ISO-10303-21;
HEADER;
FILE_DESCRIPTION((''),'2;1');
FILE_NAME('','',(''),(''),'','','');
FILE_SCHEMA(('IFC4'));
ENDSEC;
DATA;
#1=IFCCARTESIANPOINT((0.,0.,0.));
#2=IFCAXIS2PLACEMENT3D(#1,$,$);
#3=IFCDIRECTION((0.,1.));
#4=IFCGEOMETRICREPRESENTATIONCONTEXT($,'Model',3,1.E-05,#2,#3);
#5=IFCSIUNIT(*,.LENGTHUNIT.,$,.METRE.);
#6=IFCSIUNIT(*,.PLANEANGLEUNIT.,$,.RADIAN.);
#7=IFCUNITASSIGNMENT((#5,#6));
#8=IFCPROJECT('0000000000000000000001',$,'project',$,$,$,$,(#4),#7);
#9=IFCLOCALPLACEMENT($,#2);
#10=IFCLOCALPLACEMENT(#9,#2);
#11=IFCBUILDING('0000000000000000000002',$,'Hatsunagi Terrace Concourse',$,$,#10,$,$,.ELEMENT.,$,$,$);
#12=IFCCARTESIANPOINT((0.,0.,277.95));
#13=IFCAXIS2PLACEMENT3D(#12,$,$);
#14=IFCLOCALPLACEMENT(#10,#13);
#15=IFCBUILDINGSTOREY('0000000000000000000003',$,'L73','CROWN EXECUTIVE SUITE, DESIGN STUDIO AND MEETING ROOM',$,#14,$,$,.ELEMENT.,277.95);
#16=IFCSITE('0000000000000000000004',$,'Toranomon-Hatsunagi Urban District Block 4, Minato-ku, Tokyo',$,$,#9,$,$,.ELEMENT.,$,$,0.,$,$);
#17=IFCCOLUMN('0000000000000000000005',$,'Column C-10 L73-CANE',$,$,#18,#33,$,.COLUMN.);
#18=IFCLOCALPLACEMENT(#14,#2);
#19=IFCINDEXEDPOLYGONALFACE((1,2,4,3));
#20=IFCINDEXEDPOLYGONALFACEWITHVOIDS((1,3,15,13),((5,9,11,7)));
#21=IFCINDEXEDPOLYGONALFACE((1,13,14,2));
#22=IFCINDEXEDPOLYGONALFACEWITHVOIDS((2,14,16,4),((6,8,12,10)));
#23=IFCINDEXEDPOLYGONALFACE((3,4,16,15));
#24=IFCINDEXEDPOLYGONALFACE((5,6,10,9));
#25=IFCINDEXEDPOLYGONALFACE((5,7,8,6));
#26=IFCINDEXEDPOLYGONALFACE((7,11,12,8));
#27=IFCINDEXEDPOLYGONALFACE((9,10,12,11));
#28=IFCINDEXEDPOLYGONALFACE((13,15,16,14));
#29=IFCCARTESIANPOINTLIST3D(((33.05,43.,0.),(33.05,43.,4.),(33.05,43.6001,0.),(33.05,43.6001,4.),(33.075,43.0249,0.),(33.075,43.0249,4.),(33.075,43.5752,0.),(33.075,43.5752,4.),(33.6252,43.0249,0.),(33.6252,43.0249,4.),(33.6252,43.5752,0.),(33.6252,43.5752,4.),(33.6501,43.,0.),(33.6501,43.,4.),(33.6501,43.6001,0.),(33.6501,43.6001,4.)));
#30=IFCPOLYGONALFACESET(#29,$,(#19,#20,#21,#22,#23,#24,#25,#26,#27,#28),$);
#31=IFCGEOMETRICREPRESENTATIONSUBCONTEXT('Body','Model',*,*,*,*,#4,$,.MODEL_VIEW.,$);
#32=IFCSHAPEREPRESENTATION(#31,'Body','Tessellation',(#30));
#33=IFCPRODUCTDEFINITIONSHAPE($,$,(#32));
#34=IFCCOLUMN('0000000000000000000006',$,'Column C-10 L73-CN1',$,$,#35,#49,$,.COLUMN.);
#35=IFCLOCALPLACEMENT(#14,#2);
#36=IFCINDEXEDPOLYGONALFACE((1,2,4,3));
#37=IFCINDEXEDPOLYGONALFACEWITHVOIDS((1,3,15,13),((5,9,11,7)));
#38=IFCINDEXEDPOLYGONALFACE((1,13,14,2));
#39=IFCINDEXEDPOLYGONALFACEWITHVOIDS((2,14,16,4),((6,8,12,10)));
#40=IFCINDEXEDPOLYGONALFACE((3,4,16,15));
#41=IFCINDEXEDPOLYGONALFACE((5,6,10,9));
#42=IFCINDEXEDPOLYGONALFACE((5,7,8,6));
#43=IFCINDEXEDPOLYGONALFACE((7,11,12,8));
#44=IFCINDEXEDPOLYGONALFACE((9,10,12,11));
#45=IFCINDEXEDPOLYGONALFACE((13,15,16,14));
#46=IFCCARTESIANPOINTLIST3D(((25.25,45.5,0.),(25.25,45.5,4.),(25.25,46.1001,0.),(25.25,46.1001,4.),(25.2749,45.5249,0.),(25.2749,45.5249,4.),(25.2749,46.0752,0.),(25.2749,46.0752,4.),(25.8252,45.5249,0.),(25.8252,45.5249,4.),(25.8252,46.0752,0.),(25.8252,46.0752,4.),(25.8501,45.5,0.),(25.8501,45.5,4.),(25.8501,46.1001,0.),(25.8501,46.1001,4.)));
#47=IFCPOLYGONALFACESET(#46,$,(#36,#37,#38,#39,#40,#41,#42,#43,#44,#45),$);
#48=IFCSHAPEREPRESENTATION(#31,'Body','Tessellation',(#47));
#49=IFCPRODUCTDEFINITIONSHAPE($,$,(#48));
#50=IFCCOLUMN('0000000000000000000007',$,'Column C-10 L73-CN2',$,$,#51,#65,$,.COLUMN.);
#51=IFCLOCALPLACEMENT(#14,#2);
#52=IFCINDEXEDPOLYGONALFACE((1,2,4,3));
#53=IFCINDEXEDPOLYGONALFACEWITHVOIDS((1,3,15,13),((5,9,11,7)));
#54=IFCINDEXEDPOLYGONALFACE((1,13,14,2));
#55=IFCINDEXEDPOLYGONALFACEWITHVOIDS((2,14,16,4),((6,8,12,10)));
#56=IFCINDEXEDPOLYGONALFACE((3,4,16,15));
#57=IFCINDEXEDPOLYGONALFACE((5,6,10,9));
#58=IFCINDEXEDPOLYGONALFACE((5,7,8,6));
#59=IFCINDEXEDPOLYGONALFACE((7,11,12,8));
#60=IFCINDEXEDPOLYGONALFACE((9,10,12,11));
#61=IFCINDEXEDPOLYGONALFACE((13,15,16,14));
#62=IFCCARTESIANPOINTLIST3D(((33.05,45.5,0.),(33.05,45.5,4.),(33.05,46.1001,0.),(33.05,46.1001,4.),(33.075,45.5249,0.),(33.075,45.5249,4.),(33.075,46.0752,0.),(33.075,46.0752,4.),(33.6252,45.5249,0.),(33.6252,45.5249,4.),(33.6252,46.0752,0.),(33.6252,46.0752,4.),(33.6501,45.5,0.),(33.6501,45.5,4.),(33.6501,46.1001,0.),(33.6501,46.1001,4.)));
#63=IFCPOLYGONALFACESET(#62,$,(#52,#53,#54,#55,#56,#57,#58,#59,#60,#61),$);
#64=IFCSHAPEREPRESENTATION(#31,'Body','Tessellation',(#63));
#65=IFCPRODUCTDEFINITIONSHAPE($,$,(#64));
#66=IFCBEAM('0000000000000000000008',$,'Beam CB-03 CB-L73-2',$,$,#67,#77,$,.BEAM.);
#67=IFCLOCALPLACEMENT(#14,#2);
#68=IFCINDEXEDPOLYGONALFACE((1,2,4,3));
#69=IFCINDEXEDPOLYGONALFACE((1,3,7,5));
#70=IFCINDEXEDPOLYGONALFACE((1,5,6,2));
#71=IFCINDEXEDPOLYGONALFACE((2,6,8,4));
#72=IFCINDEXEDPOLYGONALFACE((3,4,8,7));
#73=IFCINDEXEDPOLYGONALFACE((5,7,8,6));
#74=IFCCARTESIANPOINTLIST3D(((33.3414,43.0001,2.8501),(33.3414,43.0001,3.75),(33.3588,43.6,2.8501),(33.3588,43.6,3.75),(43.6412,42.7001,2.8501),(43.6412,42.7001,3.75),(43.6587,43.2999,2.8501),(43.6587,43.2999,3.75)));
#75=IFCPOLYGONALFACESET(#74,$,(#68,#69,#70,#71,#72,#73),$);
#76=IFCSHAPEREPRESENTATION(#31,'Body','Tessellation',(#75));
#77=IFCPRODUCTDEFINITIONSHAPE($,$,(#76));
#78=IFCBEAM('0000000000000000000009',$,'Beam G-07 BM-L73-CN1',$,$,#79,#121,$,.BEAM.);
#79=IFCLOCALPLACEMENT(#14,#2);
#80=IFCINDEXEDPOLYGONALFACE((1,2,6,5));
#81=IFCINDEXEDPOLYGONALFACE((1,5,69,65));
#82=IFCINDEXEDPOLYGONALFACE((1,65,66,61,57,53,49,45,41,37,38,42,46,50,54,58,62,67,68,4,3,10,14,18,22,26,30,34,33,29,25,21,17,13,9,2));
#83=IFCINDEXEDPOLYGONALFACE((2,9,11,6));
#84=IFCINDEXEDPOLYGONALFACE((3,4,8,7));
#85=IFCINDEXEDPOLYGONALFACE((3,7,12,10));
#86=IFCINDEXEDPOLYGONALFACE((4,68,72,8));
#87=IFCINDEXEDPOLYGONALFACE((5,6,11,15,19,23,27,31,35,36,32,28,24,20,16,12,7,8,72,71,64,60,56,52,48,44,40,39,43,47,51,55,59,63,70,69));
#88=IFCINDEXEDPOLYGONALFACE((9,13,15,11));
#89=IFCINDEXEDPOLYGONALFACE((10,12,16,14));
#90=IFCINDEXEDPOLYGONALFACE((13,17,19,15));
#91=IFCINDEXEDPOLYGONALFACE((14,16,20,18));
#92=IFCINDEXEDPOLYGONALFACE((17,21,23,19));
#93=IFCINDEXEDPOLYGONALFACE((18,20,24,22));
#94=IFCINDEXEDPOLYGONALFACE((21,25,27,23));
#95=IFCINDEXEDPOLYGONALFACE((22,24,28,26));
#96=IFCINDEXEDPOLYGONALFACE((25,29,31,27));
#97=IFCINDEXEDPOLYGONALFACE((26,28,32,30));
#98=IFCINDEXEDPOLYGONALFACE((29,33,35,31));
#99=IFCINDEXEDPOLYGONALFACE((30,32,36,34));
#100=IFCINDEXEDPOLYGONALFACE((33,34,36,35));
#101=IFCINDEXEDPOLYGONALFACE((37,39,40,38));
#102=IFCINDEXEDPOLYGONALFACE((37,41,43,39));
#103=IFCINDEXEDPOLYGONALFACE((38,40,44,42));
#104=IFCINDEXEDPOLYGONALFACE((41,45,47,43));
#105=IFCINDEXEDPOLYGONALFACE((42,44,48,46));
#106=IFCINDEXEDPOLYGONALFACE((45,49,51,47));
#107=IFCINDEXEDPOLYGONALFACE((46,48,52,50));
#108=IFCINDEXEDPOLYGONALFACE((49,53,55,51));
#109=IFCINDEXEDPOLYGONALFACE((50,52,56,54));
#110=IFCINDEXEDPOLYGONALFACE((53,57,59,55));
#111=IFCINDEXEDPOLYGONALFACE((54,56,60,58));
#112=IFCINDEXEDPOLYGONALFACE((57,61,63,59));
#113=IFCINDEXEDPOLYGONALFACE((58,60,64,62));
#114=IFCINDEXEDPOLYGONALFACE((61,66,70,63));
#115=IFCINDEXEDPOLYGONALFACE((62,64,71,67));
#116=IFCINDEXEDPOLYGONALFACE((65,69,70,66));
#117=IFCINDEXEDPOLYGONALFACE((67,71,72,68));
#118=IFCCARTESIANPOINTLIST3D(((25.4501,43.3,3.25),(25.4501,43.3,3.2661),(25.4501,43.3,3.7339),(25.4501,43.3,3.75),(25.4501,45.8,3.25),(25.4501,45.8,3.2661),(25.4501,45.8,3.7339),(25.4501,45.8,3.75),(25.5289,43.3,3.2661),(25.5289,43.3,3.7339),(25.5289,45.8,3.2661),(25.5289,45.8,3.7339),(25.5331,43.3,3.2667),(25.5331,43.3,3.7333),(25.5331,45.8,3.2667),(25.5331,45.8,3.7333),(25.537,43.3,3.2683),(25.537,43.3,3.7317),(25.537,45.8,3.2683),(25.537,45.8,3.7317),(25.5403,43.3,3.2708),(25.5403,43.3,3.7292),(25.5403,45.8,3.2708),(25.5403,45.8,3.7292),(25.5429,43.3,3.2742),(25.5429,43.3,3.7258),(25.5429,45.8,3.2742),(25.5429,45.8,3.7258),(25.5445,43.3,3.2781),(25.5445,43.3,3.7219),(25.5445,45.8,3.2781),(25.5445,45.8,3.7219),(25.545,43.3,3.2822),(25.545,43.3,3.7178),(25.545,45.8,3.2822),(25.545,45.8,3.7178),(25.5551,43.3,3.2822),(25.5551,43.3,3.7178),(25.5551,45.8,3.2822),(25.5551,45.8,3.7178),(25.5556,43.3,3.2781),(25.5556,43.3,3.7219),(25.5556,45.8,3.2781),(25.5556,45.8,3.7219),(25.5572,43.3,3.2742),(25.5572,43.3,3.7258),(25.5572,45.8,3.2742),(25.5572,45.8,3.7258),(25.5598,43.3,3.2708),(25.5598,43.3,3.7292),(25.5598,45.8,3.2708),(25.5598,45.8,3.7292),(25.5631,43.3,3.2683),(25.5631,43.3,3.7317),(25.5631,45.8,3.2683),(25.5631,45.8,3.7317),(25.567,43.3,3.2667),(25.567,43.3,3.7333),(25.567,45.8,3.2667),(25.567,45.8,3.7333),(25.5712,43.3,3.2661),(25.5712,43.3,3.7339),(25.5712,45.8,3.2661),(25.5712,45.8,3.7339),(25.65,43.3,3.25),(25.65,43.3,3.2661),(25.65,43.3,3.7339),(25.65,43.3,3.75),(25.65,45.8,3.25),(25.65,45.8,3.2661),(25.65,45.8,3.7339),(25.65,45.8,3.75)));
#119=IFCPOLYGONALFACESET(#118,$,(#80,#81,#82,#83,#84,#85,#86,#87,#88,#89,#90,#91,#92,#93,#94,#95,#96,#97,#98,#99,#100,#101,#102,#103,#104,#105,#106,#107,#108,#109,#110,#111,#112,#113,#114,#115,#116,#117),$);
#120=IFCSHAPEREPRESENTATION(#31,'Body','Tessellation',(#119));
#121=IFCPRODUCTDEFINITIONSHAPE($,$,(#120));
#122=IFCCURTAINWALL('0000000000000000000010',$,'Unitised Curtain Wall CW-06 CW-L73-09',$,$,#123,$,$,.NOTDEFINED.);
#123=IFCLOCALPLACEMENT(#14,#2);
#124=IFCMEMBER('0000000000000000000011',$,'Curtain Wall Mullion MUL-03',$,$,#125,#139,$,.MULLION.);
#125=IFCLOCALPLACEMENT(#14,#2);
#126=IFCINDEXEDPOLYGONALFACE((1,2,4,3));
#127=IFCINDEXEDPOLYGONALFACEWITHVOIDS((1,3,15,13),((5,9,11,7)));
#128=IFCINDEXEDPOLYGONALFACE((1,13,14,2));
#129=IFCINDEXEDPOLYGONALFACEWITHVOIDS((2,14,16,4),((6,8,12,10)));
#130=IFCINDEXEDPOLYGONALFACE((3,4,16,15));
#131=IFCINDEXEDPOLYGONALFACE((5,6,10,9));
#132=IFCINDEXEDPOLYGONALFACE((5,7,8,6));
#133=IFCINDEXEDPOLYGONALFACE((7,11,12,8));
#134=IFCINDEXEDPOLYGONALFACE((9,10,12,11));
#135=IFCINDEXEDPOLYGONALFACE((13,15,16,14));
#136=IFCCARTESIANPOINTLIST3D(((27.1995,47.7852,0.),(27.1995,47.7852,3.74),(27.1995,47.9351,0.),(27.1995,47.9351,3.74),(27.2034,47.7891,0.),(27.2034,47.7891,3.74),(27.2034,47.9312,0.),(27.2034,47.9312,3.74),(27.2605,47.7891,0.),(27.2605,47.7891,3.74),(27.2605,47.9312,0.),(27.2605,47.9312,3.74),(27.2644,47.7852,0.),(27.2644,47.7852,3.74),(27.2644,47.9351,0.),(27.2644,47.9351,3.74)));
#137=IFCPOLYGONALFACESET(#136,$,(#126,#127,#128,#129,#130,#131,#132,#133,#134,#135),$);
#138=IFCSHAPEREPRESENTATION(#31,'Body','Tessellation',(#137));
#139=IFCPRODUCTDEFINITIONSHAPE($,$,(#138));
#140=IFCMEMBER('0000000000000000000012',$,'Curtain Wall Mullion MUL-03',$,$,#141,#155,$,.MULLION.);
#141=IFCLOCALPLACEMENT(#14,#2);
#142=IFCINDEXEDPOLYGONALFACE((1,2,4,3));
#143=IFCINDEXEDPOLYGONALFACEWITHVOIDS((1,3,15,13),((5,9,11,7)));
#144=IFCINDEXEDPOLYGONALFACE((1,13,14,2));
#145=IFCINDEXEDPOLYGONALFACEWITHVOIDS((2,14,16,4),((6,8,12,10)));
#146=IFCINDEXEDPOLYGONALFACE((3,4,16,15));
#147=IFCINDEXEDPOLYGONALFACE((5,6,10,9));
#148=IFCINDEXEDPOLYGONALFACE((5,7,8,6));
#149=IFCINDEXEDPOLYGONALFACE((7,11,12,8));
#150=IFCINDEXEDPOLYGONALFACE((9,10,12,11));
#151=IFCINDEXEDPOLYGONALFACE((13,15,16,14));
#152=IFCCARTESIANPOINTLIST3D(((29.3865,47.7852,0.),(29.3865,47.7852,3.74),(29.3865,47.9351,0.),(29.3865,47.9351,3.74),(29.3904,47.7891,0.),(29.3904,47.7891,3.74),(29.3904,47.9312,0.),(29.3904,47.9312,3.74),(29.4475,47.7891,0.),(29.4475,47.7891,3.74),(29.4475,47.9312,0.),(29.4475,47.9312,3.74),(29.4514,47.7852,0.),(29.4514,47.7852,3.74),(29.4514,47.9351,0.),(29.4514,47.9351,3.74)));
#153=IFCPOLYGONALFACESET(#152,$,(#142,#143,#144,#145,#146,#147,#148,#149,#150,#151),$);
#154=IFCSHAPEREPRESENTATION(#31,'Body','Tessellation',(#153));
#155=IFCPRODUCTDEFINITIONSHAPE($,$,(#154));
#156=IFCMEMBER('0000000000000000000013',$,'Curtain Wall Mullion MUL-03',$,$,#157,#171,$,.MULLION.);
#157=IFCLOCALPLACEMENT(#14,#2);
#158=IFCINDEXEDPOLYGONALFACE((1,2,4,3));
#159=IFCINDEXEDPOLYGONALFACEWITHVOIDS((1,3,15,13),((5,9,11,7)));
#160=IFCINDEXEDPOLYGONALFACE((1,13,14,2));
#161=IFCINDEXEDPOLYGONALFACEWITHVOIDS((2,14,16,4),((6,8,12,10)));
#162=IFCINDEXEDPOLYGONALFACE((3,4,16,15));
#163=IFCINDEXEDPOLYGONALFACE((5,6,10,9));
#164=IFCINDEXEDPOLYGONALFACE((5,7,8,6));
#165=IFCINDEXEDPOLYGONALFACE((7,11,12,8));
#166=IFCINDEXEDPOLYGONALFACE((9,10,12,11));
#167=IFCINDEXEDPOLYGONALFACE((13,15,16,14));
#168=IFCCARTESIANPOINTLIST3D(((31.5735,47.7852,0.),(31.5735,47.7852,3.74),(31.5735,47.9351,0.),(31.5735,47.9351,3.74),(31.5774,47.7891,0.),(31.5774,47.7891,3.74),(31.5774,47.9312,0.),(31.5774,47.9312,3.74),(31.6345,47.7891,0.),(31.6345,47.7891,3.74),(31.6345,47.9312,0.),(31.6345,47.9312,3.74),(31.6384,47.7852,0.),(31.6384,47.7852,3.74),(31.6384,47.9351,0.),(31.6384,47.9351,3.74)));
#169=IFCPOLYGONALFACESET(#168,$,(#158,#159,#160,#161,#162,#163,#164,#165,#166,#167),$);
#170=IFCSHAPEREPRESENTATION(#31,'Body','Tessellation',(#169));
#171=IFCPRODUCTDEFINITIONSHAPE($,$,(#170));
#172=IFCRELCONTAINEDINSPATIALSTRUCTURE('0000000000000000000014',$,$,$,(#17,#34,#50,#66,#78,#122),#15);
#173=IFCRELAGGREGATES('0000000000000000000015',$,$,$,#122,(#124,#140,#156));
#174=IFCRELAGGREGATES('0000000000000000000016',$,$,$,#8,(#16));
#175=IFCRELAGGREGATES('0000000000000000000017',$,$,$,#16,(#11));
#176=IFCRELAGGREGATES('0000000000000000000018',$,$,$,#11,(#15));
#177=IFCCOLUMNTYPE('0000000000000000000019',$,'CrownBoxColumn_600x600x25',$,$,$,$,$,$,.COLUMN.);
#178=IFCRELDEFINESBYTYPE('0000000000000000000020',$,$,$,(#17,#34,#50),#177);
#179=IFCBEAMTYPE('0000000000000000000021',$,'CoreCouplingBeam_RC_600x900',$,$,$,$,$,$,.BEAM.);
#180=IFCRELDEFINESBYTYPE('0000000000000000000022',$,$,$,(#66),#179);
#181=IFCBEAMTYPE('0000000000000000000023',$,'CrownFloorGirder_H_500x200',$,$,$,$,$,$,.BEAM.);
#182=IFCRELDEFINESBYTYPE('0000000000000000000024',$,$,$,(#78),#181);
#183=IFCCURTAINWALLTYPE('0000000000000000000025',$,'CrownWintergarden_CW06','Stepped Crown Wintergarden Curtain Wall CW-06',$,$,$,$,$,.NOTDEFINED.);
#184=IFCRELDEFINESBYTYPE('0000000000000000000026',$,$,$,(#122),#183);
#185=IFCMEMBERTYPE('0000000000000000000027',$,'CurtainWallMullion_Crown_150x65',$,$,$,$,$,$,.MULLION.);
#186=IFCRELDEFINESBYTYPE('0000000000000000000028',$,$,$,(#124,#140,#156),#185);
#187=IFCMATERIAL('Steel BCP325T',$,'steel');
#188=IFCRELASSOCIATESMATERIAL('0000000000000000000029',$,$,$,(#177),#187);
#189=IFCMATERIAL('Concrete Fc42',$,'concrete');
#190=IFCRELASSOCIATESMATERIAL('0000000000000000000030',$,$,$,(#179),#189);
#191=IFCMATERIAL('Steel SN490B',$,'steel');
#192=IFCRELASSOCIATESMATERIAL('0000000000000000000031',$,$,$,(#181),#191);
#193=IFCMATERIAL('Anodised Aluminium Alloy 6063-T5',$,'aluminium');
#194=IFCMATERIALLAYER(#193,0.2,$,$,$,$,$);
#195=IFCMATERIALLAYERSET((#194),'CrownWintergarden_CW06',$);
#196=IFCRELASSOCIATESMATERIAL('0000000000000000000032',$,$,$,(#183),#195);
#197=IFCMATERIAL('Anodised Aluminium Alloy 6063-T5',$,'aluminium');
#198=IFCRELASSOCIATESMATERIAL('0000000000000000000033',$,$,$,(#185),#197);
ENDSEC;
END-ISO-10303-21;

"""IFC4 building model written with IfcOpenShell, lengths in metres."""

from ifc_helpers import new_model, si_unit, direction, frame, origin, origin_2d, place, context, subcontext, project, spatial, rectangle, hollow_rectangle, i_section, extrude, material, layer, layer_set, material_profile, profile_set, type_object, element, aggregate, save


model = new_model("IFC4")

# Units and contexts
model_context = context("Model", 3, precision=1e-05, world=origin(), true_north=direction((0.0, 1.0)))
body_context = subcontext(model_context, "Body", "Model", "MODEL_VIEW")
ifc_project = project(units=[si_unit("LENGTHUNIT", "METRE"), si_unit("PLANEANGLEUNIT", "RADIAN")], contexts=[model_context])

# Site, building, storey
site_placement = place(None, origin())
site = spatial("IfcSite", under=ifc_project, at=site_placement, Name="Toranomon-Hatsunagi Urban District Block 4, Minato-ku, Tokyo", CompositionType="ELEMENT", RefElevation=0.0)
building_placement = place(site_placement, origin())
building = spatial("IfcBuilding", under=site, at=building_placement, Name="Hatsunagi Terrace Concourse", CompositionType="ELEMENT")
storey_placement = place(building_placement, frame((0.0, 0.0, 277.95)))
storey = spatial("IfcBuildingStorey", under=building, at=storey_placement, Name="L73", Description="CROWN EXECUTIVE SUITE, DESIGN STUDIO AND MEETING ROOM", CompositionType="ELEMENT", Elevation=277.95)

# Columns
ifc_material_1 = material(Name="Steel BCP325T", Category="steel")
ifc_material_profile_1 = material_profile(ifc_material_1, hollow_rectangle(XDim=0.6001, YDim=0.6001, WallThickness=0.0249, at=origin_2d()), Name="BCP-600x600x25")
ifc_profile_set_1 = profile_set([ifc_material_profile_1], Name="Steel BCP325T")
column_type = type_object("IfcColumnType", Name="CrownBoxColumn_600x600x25", PredefinedType="COLUMN", material=ifc_profile_set_1)
for number, where, z_axis, x_axis, name in (
    (1, (33.3501, 43.3, 0.0), (0.0, 0.0, 1.0), (1.0, 0.0, 0.0), "Column C-10 L73-CANE"),
    (2, (25.55, 45.8, 0.0), (0.0, 0.0, 1.0), (1.0, 0.0, 0.0), "Column C-10 L73-CN1"),
    (3, (33.3501, 45.8, 0.0), (0.0, 0.0, 1.0), (1.0, 0.0, 0.0), "Column C-10 L73-CN2"),
):
    element("IfcColumn", number, at=place(storey_placement, frame(where, z_axis=z_axis, x_axis=x_axis)), inside=storey, type_object=column_type, Name=name, PredefinedType="COLUMN", context=body_context, shape_type="SweptSolid", body=[
        extrude(hollow_rectangle(XDim=0.6001, YDim=0.6001, WallThickness=0.0249, at=origin_2d()), origin(), (0.0, 0.0, 1.0), 4.0),
    ])

# Beams
ifc_material_2 = material(Name="Concrete Fc42", Category="concrete")
ifc_material_profile_2 = material_profile(ifc_material_2, rectangle(XDim=0.6001, YDim=0.8999, at=origin_2d()), Name="RC-600x900")
ifc_profile_set_2 = profile_set([ifc_material_profile_2], Name="Concrete Fc42")
beam_type_1 = type_object("IfcBeamType", Name="CoreCouplingBeam_RC_600x900", PredefinedType="BEAM", material=ifc_profile_set_2)
beam_1_placement = place(storey_placement, frame((33.3501, 43.3, 3.3), z_axis=(0.999576, -0.029119, 0.0), x_axis=(0.029119, 0.999576, 0.0)))
element("IfcBeam", 4, at=beam_1_placement, inside=storey, type_object=beam_type_1, Name="Beam CB-03 CB-L73-2", PredefinedType="BEAM", context=body_context, shape_type="SweptSolid", body=[
    extrude(rectangle(XDim=0.6001, YDim=0.8999, at=origin_2d()), origin(), (0.0, 0.0, 1.0), 10.3042),
])
ifc_material_3 = material(Name="Steel SN490B", Category="steel")
ifc_material_profile_3 = material_profile(ifc_material_3, i_section(OverallWidth=0.2, OverallDepth=0.5, WebThickness=0.01, FlangeThickness=0.0161, FilletRadius=0.0161, at=origin_2d()), Name="H-500x200x10x16")
ifc_profile_set_3 = profile_set([ifc_material_profile_3], Name="Steel SN490B")
beam_type_2 = type_object("IfcBeamType", Name="CrownFloorGirder_H_500x200", PredefinedType="BEAM", material=ifc_profile_set_3)
beam_2_placement = place(storey_placement, frame((25.55, 43.3, 3.5), z_axis=(0.0, 1.0, 0.0), x_axis=(-1.0, 0.0, 0.0)))
element("IfcBeam", 5, at=beam_2_placement, inside=storey, type_object=beam_type_2, Name="Beam G-07 BM-L73-CN1", PredefinedType="BEAM", context=body_context, shape_type="SweptSolid", body=[
    extrude(i_section(OverallWidth=0.2, OverallDepth=0.5, WebThickness=0.01, FlangeThickness=0.0161, FilletRadius=0.0161, at=origin_2d()), origin(), (0.0, 0.0, 1.0), 2.5),
])

# Curtain wall, members
ifc_material_4 = material(Name="Anodised Aluminium Alloy 6063-T5", Category="aluminium")
ifc_layer_1 = layer(ifc_material_4, 0.2)
ifc_layer_set_1 = layer_set([ifc_layer_1], Name="CrownWintergarden_CW06")
curtain_wall_type = type_object("IfcCurtainWallType", Name="CrownWintergarden_CW06", Description="Stepped Crown Wintergarden Curtain Wall CW-06", PredefinedType="NOTDEFINED", material=ifc_layer_set_1)
curtain_wall_placement = place(storey_placement, origin())
curtain_wall = element("IfcCurtainWall", 6, at=curtain_wall_placement, inside=storey, type_object=curtain_wall_type, Name="Unitised Curtain Wall CW-06 CW-L73-09", PredefinedType="NOTDEFINED")
ifc_material_5 = material(Name="Anodised Aluminium Alloy 6063-T5", Category="aluminium")
ifc_material_profile_4 = material_profile(ifc_material_5, hollow_rectangle(XDim=0.0649, YDim=0.1499, WallThickness=0.0039, at=origin_2d()), Name="ALU-MUL-150x65x4")
ifc_profile_set_4 = profile_set([ifc_material_profile_4], Name="Anodised Aluminium Alloy 6063-T5")
member_type = type_object("IfcMemberType", Name="CurtainWallMullion_Crown_150x65", PredefinedType="MULLION", material=ifc_profile_set_4)
member_1_placement = place(storey_placement, frame((27.2319, 47.8601, 0.0), z_axis=(0.0, 0.0, 1.0), x_axis=(1.0, 0.0, 0.0)))
member_1 = element("IfcMember", 7, at=member_1_placement, type_object=member_type, Name="Curtain Wall Mullion MUL-03", PredefinedType="MULLION", context=body_context, shape_type="SweptSolid", body=[
    extrude(hollow_rectangle(XDim=0.0649, YDim=0.1499, WallThickness=0.0039, at=origin_2d()), origin(), (0.0, 0.0, 1.0), 3.74),
])
member_2_placement = place(storey_placement, frame((29.4189, 47.8601, 0.0), z_axis=(0.0, 0.0, 1.0), x_axis=(1.0, 0.0, 0.0)))
member_2 = element("IfcMember", 8, at=member_2_placement, type_object=member_type, Name="Curtain Wall Mullion MUL-03", PredefinedType="MULLION", context=body_context, shape_type="SweptSolid", body=[
    extrude(hollow_rectangle(XDim=0.0649, YDim=0.1499, WallThickness=0.0039, at=origin_2d()), origin(), (0.0, 0.0, 1.0), 3.74),
])
member_3_placement = place(storey_placement, frame((31.606, 47.8601, 0.0), z_axis=(0.0, 0.0, 1.0), x_axis=(1.0, 0.0, 0.0)))
member_3 = element("IfcMember", 9, at=member_3_placement, type_object=member_type, Name="Curtain Wall Mullion MUL-03", PredefinedType="MULLION", context=body_context, shape_type="SweptSolid", body=[
    extrude(hollow_rectangle(XDim=0.0649, YDim=0.1499, WallThickness=0.0039, at=origin_2d()), origin(), (0.0, 0.0, 1.0), 3.74),
])

aggregate(curtain_wall, [member_1, member_2, member_3])

save(model, "model.ifc")
